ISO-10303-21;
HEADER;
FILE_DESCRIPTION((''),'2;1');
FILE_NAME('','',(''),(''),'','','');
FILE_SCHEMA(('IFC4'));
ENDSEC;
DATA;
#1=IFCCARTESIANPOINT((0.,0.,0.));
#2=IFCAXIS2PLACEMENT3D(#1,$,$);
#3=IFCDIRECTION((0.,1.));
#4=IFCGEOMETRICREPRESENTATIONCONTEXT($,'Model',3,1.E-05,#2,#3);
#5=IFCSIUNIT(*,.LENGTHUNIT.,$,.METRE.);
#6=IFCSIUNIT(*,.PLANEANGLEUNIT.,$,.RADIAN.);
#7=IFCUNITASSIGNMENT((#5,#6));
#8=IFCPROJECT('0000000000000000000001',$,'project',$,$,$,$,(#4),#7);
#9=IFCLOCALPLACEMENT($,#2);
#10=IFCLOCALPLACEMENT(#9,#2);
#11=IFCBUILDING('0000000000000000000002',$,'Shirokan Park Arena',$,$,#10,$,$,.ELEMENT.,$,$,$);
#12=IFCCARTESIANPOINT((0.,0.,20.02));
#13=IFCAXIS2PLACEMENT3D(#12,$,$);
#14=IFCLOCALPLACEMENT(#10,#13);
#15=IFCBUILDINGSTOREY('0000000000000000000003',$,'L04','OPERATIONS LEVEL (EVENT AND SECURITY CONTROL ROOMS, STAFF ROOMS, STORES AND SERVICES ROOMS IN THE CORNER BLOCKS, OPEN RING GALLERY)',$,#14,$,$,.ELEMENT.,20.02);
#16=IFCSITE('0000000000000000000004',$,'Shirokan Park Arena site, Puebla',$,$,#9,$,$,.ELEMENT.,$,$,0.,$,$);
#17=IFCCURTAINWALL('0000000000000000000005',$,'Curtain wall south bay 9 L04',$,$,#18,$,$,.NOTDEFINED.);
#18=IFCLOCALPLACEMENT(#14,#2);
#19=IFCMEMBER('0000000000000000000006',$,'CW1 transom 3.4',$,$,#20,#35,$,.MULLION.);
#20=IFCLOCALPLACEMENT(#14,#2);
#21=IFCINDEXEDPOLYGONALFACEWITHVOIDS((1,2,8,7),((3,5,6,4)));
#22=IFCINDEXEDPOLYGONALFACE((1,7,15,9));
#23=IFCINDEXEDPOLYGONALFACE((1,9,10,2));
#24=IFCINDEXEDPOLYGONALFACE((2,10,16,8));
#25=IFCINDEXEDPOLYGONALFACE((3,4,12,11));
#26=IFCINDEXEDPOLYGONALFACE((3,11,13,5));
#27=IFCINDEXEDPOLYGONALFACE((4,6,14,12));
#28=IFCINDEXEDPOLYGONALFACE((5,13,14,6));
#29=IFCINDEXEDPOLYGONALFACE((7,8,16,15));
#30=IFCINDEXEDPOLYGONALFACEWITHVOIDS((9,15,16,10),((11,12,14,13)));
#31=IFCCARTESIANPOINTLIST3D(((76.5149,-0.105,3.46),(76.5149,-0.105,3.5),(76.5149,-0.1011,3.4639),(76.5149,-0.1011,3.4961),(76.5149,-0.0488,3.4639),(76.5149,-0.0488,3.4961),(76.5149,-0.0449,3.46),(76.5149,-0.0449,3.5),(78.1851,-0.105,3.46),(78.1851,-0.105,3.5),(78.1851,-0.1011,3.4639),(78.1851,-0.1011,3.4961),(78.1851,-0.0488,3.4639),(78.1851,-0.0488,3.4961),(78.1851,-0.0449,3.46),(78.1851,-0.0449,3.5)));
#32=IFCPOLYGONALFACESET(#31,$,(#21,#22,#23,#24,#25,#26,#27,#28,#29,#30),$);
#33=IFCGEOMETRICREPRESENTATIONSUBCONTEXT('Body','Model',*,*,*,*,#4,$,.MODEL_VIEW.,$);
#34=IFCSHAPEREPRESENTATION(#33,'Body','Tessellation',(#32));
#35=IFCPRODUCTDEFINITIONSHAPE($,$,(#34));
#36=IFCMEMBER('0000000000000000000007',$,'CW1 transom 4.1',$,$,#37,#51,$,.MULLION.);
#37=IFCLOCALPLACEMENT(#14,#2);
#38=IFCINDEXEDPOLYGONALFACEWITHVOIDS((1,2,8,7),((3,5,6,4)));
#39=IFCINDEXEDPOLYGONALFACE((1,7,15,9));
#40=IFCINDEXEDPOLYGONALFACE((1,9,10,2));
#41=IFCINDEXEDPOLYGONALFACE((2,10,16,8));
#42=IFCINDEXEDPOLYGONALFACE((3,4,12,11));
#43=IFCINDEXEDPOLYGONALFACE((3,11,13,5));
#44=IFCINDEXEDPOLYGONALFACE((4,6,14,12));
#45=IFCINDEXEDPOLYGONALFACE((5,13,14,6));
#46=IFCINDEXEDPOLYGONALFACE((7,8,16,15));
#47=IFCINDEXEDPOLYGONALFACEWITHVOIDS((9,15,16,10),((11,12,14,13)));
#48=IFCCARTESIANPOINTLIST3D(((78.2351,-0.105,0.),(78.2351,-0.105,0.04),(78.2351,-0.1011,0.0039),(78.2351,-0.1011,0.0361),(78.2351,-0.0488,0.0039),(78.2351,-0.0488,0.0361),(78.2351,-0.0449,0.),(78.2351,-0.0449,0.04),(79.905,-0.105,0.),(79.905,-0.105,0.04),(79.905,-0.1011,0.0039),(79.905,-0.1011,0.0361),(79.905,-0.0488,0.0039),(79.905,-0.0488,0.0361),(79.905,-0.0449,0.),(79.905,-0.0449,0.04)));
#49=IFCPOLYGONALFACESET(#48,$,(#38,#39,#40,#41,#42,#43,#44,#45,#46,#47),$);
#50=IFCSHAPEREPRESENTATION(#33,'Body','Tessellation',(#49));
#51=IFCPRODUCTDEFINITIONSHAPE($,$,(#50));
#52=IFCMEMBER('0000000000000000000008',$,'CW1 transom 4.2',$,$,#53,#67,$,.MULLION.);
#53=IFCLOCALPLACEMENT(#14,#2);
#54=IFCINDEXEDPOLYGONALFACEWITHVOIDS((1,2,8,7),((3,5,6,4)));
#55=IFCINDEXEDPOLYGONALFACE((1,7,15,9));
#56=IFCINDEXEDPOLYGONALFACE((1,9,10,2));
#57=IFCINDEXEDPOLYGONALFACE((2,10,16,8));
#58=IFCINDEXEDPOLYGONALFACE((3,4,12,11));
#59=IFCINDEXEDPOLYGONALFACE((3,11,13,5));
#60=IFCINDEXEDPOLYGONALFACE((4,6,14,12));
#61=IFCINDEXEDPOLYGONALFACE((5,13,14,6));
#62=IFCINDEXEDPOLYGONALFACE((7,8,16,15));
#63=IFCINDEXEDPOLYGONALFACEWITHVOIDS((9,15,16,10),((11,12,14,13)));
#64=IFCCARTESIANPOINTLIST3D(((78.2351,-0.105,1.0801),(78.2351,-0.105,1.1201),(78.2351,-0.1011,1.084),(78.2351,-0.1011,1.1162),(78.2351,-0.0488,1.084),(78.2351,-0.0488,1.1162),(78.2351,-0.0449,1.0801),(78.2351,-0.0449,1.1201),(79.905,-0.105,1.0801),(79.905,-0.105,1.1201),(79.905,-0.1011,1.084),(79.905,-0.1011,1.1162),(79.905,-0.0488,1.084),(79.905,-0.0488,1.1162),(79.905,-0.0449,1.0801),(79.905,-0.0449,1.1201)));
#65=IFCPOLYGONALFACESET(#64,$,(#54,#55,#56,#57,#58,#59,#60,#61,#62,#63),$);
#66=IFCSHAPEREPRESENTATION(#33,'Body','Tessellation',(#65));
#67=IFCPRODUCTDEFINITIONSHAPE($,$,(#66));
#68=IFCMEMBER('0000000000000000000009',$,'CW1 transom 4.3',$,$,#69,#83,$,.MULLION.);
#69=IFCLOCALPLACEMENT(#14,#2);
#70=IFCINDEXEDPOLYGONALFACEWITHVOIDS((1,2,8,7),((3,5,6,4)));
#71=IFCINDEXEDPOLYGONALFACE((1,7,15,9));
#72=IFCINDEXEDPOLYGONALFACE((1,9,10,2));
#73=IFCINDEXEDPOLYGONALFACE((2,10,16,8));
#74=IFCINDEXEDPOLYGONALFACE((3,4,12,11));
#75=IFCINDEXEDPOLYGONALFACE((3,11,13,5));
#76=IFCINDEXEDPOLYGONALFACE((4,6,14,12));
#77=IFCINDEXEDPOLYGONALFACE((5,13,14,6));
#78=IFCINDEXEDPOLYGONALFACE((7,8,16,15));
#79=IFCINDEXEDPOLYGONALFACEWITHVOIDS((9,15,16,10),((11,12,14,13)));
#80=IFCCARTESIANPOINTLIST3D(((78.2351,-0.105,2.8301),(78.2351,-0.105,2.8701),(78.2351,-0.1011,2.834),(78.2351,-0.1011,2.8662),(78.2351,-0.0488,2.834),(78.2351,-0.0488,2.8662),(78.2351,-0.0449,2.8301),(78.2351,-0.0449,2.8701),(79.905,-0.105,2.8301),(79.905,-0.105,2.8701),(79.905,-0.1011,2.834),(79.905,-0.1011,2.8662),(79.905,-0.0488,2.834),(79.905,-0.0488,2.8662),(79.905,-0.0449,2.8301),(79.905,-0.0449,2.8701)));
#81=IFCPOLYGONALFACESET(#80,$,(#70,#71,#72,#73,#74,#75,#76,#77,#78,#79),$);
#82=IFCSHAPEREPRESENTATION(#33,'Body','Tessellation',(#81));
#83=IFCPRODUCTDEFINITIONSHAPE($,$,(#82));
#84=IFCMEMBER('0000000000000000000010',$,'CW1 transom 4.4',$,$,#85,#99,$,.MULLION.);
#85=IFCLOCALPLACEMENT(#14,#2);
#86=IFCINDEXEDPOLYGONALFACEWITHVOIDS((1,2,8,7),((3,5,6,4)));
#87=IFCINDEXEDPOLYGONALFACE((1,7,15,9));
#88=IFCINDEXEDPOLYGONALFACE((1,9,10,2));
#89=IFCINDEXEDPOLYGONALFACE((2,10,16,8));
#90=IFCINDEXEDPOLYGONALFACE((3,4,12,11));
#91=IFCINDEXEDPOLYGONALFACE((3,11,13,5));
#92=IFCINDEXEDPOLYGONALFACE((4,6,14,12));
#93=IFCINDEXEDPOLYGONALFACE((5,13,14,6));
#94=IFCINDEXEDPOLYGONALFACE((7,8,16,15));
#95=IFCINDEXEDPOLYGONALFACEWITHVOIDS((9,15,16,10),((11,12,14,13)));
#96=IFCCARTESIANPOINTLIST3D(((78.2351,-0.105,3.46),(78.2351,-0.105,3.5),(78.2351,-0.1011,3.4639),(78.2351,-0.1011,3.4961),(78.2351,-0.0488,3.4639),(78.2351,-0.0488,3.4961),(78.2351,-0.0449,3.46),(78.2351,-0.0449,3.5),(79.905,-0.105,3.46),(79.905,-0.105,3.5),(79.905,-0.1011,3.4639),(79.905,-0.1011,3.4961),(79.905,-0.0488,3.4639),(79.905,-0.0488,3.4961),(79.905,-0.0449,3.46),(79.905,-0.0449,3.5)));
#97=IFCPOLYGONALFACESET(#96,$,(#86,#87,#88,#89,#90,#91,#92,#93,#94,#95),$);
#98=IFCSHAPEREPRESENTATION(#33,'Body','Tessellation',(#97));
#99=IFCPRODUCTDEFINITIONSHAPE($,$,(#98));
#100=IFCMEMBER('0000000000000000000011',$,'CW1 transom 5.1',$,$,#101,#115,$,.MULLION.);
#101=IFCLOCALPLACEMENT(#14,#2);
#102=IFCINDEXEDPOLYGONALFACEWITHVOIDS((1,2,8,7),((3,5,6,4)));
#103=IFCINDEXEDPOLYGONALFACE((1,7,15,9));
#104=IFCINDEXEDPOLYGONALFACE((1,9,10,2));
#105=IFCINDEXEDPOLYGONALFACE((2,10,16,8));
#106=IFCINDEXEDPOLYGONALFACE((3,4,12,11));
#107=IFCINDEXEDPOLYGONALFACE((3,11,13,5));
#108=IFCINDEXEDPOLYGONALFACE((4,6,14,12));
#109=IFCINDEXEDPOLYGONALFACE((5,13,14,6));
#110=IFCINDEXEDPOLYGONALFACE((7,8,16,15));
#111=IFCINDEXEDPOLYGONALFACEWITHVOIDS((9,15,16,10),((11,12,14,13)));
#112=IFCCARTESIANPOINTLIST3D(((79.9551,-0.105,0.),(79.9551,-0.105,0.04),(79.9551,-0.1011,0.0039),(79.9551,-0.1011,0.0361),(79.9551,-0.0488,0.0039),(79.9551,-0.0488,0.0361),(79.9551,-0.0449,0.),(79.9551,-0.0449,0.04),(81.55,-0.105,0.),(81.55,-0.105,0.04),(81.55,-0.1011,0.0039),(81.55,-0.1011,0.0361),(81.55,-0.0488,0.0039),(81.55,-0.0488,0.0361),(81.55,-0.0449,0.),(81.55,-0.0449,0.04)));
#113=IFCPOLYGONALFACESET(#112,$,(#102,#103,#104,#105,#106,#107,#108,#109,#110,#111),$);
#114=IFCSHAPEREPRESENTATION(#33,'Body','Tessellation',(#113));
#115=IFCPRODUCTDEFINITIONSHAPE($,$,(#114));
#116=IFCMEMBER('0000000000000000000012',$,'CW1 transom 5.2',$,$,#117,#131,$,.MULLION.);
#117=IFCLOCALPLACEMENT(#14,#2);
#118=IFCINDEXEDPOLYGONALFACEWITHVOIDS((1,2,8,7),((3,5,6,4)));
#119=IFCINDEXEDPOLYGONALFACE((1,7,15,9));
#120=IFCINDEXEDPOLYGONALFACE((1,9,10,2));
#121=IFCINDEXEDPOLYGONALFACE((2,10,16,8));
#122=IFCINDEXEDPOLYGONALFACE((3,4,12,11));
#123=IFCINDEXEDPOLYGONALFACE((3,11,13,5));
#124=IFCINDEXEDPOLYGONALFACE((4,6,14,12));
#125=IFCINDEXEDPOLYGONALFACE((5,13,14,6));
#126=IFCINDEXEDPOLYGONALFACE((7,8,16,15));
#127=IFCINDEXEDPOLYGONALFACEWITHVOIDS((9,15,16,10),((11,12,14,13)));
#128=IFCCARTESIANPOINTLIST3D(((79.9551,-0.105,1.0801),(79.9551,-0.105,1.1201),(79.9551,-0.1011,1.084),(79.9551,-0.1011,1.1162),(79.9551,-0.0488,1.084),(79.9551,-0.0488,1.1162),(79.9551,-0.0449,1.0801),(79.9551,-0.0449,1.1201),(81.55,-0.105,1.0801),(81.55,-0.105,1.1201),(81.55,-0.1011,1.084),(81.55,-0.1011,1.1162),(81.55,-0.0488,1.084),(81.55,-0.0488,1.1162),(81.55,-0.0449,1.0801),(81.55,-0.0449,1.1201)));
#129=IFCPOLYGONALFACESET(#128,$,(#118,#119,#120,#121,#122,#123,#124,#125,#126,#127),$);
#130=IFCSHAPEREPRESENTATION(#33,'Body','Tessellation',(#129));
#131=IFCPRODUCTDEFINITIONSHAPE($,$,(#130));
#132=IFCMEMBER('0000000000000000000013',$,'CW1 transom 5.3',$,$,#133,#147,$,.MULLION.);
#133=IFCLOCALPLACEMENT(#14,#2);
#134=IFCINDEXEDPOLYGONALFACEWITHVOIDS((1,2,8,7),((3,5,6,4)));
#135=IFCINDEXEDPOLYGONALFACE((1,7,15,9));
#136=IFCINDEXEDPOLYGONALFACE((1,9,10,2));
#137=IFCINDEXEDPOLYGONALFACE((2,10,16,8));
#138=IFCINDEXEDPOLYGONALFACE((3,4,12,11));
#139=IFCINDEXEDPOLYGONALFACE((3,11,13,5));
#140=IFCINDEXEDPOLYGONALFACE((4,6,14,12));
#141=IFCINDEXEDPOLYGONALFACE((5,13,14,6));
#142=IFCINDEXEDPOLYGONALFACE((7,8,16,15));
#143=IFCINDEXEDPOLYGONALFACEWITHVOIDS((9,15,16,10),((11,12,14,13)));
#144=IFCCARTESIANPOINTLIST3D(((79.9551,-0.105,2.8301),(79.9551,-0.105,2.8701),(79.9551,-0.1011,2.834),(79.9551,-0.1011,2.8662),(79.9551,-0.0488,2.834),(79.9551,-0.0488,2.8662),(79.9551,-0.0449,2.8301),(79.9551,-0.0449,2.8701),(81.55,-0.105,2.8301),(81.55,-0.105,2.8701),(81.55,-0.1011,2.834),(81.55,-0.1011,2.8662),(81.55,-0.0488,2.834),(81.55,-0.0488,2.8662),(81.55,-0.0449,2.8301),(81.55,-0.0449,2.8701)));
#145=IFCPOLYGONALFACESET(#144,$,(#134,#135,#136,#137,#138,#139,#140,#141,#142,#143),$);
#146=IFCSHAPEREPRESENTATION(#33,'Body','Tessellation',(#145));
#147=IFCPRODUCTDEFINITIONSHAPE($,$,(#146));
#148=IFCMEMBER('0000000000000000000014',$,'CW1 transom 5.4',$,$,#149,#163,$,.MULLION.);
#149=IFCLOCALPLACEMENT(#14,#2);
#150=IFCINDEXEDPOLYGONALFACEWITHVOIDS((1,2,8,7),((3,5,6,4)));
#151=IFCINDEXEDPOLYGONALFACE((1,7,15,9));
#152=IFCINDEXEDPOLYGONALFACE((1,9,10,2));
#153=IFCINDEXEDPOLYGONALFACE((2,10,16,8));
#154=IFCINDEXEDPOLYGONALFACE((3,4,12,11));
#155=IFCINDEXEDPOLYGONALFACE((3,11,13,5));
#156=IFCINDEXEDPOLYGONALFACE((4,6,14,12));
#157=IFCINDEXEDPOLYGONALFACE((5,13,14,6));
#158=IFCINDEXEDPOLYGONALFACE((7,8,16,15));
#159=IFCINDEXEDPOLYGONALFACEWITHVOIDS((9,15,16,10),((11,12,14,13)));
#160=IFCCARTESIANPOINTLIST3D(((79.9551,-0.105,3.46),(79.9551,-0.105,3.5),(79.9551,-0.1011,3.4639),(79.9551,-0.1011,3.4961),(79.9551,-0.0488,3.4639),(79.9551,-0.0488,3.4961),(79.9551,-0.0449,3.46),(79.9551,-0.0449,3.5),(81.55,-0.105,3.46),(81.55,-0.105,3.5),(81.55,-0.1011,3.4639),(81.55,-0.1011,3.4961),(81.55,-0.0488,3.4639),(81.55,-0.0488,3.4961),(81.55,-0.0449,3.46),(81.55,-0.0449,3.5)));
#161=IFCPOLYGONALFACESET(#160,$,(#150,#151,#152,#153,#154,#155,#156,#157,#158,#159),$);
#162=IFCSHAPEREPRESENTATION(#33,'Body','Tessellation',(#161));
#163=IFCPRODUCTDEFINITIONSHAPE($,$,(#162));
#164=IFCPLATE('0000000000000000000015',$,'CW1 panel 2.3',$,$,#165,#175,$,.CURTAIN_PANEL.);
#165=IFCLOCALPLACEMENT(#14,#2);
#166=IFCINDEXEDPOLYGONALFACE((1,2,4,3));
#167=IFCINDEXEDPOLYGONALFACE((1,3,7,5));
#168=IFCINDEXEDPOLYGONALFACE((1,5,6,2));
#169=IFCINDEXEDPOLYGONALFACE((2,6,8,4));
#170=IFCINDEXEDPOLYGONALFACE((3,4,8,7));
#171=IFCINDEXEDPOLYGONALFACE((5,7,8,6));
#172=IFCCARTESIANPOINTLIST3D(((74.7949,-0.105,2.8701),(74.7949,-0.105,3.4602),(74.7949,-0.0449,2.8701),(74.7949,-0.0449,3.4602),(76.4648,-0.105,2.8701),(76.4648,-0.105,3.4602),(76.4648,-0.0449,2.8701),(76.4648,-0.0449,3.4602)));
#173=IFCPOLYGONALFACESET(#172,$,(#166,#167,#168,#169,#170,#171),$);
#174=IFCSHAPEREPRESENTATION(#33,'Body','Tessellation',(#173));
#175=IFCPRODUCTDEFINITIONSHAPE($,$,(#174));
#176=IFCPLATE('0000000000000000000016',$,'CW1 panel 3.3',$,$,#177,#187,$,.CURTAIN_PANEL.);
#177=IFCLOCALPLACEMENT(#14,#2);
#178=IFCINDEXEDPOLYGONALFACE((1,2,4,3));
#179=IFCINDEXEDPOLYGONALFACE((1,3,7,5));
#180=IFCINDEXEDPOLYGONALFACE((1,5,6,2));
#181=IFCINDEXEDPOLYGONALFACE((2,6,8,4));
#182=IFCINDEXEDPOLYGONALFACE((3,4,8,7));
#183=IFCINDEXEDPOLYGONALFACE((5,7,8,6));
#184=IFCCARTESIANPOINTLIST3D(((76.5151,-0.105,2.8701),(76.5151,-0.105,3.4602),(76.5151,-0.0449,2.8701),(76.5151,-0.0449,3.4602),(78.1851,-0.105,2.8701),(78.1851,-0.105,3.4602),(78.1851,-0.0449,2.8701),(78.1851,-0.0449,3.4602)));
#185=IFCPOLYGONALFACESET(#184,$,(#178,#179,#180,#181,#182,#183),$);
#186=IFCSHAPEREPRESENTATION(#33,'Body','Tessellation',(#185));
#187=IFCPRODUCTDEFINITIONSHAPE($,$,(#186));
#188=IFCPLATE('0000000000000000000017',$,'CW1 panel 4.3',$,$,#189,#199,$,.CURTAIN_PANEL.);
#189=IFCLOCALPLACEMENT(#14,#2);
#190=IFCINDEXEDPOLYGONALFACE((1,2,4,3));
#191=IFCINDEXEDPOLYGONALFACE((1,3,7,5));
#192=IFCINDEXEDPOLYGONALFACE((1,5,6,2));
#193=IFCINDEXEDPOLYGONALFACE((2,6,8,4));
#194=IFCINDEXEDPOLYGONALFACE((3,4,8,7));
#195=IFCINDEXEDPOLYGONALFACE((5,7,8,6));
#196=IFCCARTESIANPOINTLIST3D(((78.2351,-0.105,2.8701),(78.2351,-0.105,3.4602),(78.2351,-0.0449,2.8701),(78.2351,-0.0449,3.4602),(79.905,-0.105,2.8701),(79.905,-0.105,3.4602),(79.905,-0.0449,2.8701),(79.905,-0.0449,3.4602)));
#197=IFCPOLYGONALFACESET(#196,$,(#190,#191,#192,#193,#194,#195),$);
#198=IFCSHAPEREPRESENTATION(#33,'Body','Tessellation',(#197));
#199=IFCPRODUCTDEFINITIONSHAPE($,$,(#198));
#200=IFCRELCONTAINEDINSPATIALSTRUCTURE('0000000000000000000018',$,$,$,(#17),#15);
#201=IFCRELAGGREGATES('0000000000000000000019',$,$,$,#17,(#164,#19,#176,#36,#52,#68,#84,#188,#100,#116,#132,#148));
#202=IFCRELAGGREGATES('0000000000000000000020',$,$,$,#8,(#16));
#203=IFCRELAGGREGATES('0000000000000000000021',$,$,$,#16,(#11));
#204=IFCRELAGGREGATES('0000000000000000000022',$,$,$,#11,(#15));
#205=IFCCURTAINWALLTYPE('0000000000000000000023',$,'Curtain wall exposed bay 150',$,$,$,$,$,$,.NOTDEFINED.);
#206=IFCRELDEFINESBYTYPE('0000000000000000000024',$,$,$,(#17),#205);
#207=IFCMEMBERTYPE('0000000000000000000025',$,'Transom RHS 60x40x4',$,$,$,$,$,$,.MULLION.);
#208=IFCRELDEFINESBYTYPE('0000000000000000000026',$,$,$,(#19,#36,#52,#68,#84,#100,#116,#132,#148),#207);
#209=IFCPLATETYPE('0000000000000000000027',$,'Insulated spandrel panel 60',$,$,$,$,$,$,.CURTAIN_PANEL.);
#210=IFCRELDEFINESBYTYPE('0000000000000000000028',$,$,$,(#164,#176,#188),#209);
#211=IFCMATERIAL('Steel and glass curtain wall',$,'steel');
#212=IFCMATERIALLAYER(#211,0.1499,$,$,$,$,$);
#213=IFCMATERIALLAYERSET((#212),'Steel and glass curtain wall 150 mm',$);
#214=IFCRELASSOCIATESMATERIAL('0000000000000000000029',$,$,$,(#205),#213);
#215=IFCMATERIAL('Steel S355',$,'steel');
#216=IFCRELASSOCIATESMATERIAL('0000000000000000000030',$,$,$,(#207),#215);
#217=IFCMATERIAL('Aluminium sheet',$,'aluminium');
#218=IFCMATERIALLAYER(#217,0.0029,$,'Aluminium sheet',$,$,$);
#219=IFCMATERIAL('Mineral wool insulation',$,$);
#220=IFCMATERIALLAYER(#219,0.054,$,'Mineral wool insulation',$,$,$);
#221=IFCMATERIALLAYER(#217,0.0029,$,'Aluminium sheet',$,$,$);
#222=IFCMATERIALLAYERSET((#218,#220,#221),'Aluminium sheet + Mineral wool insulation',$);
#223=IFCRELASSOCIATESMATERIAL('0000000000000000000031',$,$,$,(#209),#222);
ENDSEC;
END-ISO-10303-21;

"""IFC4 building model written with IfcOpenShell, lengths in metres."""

from ifc_helpers import new_model, si_unit, direction, frame, origin, origin_2d, place, context, subcontext, project, spatial, rectangle, hollow_rectangle, extrude, material, layer, layer_set, material_profile, profile_set, type_object, element, aggregate, save


model = new_model("IFC4")

# Units and contexts
model_context = context("Model", 3, precision=1e-05, world=origin(), true_north=direction((0.0, 1.0)))
body_context = subcontext(model_context, "Body", "Model", "MODEL_VIEW")
ifc_project = project(units=[si_unit("LENGTHUNIT", "METRE"), si_unit("PLANEANGLEUNIT", "RADIAN")], contexts=[model_context])

# Site, building, storey
site_placement = place(None, origin())
site = spatial("IfcSite", under=ifc_project, at=site_placement, Name="Shirokan Park Arena site, Puebla", CompositionType="ELEMENT", RefElevation=0.0)
building_placement = place(site_placement, origin())
building = spatial("IfcBuilding", under=site, at=building_placement, Name="Shirokan Park Arena", CompositionType="ELEMENT")
storey_placement = place(building_placement, frame((0.0, 0.0, 20.02)))
storey = spatial("IfcBuildingStorey", under=building, at=storey_placement, Name="L04", Description="OPERATIONS LEVEL (EVENT AND SECURITY CONTROL ROOMS, STAFF ROOMS, STORES AND SERVICES ROOMS IN THE CORNER BLOCKS, OPEN RING GALLERY)", CompositionType="ELEMENT", Elevation=20.02)

# Curtain wall
ifc_material_1 = material(Name="Steel and glass curtain wall", Category="steel")
ifc_layer_1 = layer(ifc_material_1, 0.1499)
ifc_layer_set_1 = layer_set([ifc_layer_1], Name="Steel and glass curtain wall 150 mm")
curtain_wall_type = type_object("IfcCurtainWallType", Name="Curtain wall exposed bay 150", PredefinedType="NOTDEFINED", material=ifc_layer_set_1)
curtain_wall_placement = place(storey_placement, origin())
curtain_wall = element("IfcCurtainWall", 1, at=curtain_wall_placement, inside=storey, type_object=curtain_wall_type, Name="Curtain wall south bay 9 L04", PredefinedType="NOTDEFINED")
ifc_material_2 = material(Name="Steel S355", Category="steel")

# Members
ifc_material_profile_1 = material_profile(ifc_material_2, hollow_rectangle(XDim=0.0601, YDim=0.04, WallThickness=0.0039, at=origin_2d()), Name="RHS 60x40x4")
ifc_profile_set_1 = profile_set([ifc_material_profile_1], Name="Steel S355")
member_type_1 = type_object("IfcMemberType", Name="Transom RHS 60x40x4", PredefinedType="MULLION", material=ifc_profile_set_1)
member_1_placement = place(storey_placement, frame((76.5149, -0.075, 3.48), z_axis=(1.0, 0.0, 0.0), x_axis=(0.0, 1.0, 0.0)))
member_1 = element("IfcMember", 2, at=member_1_placement, type_object=member_type_1, Name="CW1 transom 3.4", PredefinedType="MULLION", context=body_context, shape_type="SweptSolid", body=[
    extrude(hollow_rectangle(XDim=0.0601, YDim=0.04, WallThickness=0.0039, at=origin_2d()), origin(), (0.0, 0.0, 1.0), 1.6702),
])
member_2_placement = place(storey_placement, frame((78.2351, -0.075, 0.02), z_axis=(1.0, 0.0, 0.0), x_axis=(0.0, 1.0, 0.0)))
member_2 = element("IfcMember", 3, at=member_2_placement, type_object=member_type_1, Name="CW1 transom 4.1", PredefinedType="MULLION", context=body_context, shape_type="SweptSolid", body=[
    extrude(hollow_rectangle(XDim=0.0601, YDim=0.04, WallThickness=0.0039, at=origin_2d()), origin(), (0.0, 0.0, 1.0), 1.6699),
])
member_3_placement = place(storey_placement, frame((78.2351, -0.075, 1.1001), z_axis=(1.0, 0.0, 0.0), x_axis=(0.0, 1.0, 0.0)))
member_3 = element("IfcMember", 4, at=member_3_placement, type_object=member_type_1, Name="CW1 transom 4.2", PredefinedType="MULLION", context=body_context, shape_type="SweptSolid", body=[
    extrude(hollow_rectangle(XDim=0.0601, YDim=0.04, WallThickness=0.0039, at=origin_2d()), origin(), (0.0, 0.0, 1.0), 1.6699),
])
member_4_placement = place(storey_placement, frame((78.2351, -0.075, 2.8501), z_axis=(1.0, 0.0, 0.0), x_axis=(0.0, 1.0, 0.0)))
member_4 = element("IfcMember", 5, at=member_4_placement, type_object=member_type_1, Name="CW1 transom 4.3", PredefinedType="MULLION", context=body_context, shape_type="SweptSolid", body=[
    extrude(hollow_rectangle(XDim=0.0601, YDim=0.04, WallThickness=0.0039, at=origin_2d()), origin(), (0.0, 0.0, 1.0), 1.6699),
])
member_5_placement = place(storey_placement, frame((78.2351, -0.075, 3.48), z_axis=(1.0, 0.0, 0.0), x_axis=(0.0, 1.0, 0.0)))
member_5 = element("IfcMember", 6, at=member_5_placement, type_object=member_type_1, Name="CW1 transom 4.4", PredefinedType="MULLION", context=body_context, shape_type="SweptSolid", body=[
    extrude(hollow_rectangle(XDim=0.0601, YDim=0.04, WallThickness=0.0039, at=origin_2d()), origin(), (0.0, 0.0, 1.0), 1.6699),
])
member_6_placement = place(storey_placement, frame((79.9551, -0.075, 0.02), z_axis=(1.0, 0.0, 0.0), x_axis=(0.0, 1.0, 0.0)))
member_6 = element("IfcMember", 7, at=member_6_placement, type_object=member_type_1, Name="CW1 transom 5.1", PredefinedType="MULLION", context=body_context, shape_type="SweptSolid", body=[
    extrude(hollow_rectangle(XDim=0.0601, YDim=0.04, WallThickness=0.0039, at=origin_2d()), origin(), (0.0, 0.0, 1.0), 1.595),
])
member_7_placement = place(storey_placement, frame((79.9551, -0.075, 1.1001), z_axis=(1.0, 0.0, 0.0), x_axis=(0.0, 1.0, 0.0)))
member_7 = element("IfcMember", 8, at=member_7_placement, type_object=member_type_1, Name="CW1 transom 5.2", PredefinedType="MULLION", context=body_context, shape_type="SweptSolid", body=[
    extrude(hollow_rectangle(XDim=0.0601, YDim=0.04, WallThickness=0.0039, at=origin_2d()), origin(), (0.0, 0.0, 1.0), 1.595),
])
member_8_placement = place(storey_placement, frame((79.9551, -0.075, 2.8501), z_axis=(1.0, 0.0, 0.0), x_axis=(0.0, 1.0, 0.0)))
member_8 = element("IfcMember", 9, at=member_8_placement, type_object=member_type_1, Name="CW1 transom 5.3", PredefinedType="MULLION", context=body_context, shape_type="SweptSolid", body=[
    extrude(hollow_rectangle(XDim=0.0601, YDim=0.04, WallThickness=0.0039, at=origin_2d()), origin(), (0.0, 0.0, 1.0), 1.595),
])
member_9_placement = place(storey_placement, frame((79.9551, -0.075, 3.48), z_axis=(1.0, 0.0, 0.0), x_axis=(0.0, 1.0, 0.0)))
member_9 = element("IfcMember", 10, at=member_9_placement, type_object=member_type_1, Name="CW1 transom 5.4", PredefinedType="MULLION", context=body_context, shape_type="SweptSolid", body=[
    extrude(hollow_rectangle(XDim=0.0601, YDim=0.04, WallThickness=0.0039, at=origin_2d()), origin(), (0.0, 0.0, 1.0), 1.595),
])

# Plates
ifc_material_3 = material(Name="Aluminium sheet", Category="aluminium")
ifc_layer_2 = layer(ifc_material_3, 0.0029, Name="Aluminium sheet")
ifc_material_4 = material(Name="Mineral wool insulation")
ifc_layer_3 = layer(ifc_material_4, 0.054, Name="Mineral wool insulation")
ifc_layer_4 = layer(ifc_material_3, 0.0029, Name="Aluminium sheet")
ifc_layer_set_2 = layer_set([ifc_layer_2, ifc_layer_3, ifc_layer_4], Name="Aluminium sheet + Mineral wool insulation")
plate_type_1 = type_object("IfcPlateType", Name="Insulated spandrel panel 60", PredefinedType="CURTAIN_PANEL", material=ifc_layer_set_2)
plate_1_placement = place(storey_placement, frame((75.6299, -0.075, 2.8701), z_axis=(0.0, 0.0, 1.0), x_axis=(1.0, 0.0, 0.0)))
plate_1 = element("IfcPlate", 11, at=plate_1_placement, type_object=plate_type_1, Name="CW1 panel 2.3", PredefinedType="CURTAIN_PANEL", context=body_context, shape_type="SweptSolid", body=[
    extrude(rectangle(XDim=1.6699, YDim=0.0601, at=origin_2d()), origin(), (0.0, 0.0, 1.0), 0.5901),
])
plate_2_placement = place(storey_placement, frame((77.3501, -0.075, 2.8701), z_axis=(0.0, 0.0, 1.0), x_axis=(1.0, 0.0, 0.0)))
plate_2 = element("IfcPlate", 12, at=plate_2_placement, type_object=plate_type_1, Name="CW1 panel 3.3", PredefinedType="CURTAIN_PANEL", context=body_context, shape_type="SweptSolid", body=[
    extrude(rectangle(XDim=1.6699, YDim=0.0601, at=origin_2d()), origin(), (0.0, 0.0, 1.0), 0.5901),
])
plate_3_placement = place(storey_placement, frame((79.0701, -0.075, 2.8701), z_axis=(0.0, 0.0, 1.0), x_axis=(1.0, 0.0, 0.0)))
plate_3 = element("IfcPlate", 13, at=plate_3_placement, type_object=plate_type_1, Name="CW1 panel 4.3", PredefinedType="CURTAIN_PANEL", context=body_context, shape_type="SweptSolid", body=[
    extrude(rectangle(XDim=1.6699, YDim=0.0601, at=origin_2d()), origin(), (0.0, 0.0, 1.0), 0.5901),
])
aggregate(curtain_wall, [plate_1, member_1, plate_2, member_2, member_3, member_4, member_5, plate_3, member_6, member_7, member_8, member_9])

save(model, "model.ifc")
